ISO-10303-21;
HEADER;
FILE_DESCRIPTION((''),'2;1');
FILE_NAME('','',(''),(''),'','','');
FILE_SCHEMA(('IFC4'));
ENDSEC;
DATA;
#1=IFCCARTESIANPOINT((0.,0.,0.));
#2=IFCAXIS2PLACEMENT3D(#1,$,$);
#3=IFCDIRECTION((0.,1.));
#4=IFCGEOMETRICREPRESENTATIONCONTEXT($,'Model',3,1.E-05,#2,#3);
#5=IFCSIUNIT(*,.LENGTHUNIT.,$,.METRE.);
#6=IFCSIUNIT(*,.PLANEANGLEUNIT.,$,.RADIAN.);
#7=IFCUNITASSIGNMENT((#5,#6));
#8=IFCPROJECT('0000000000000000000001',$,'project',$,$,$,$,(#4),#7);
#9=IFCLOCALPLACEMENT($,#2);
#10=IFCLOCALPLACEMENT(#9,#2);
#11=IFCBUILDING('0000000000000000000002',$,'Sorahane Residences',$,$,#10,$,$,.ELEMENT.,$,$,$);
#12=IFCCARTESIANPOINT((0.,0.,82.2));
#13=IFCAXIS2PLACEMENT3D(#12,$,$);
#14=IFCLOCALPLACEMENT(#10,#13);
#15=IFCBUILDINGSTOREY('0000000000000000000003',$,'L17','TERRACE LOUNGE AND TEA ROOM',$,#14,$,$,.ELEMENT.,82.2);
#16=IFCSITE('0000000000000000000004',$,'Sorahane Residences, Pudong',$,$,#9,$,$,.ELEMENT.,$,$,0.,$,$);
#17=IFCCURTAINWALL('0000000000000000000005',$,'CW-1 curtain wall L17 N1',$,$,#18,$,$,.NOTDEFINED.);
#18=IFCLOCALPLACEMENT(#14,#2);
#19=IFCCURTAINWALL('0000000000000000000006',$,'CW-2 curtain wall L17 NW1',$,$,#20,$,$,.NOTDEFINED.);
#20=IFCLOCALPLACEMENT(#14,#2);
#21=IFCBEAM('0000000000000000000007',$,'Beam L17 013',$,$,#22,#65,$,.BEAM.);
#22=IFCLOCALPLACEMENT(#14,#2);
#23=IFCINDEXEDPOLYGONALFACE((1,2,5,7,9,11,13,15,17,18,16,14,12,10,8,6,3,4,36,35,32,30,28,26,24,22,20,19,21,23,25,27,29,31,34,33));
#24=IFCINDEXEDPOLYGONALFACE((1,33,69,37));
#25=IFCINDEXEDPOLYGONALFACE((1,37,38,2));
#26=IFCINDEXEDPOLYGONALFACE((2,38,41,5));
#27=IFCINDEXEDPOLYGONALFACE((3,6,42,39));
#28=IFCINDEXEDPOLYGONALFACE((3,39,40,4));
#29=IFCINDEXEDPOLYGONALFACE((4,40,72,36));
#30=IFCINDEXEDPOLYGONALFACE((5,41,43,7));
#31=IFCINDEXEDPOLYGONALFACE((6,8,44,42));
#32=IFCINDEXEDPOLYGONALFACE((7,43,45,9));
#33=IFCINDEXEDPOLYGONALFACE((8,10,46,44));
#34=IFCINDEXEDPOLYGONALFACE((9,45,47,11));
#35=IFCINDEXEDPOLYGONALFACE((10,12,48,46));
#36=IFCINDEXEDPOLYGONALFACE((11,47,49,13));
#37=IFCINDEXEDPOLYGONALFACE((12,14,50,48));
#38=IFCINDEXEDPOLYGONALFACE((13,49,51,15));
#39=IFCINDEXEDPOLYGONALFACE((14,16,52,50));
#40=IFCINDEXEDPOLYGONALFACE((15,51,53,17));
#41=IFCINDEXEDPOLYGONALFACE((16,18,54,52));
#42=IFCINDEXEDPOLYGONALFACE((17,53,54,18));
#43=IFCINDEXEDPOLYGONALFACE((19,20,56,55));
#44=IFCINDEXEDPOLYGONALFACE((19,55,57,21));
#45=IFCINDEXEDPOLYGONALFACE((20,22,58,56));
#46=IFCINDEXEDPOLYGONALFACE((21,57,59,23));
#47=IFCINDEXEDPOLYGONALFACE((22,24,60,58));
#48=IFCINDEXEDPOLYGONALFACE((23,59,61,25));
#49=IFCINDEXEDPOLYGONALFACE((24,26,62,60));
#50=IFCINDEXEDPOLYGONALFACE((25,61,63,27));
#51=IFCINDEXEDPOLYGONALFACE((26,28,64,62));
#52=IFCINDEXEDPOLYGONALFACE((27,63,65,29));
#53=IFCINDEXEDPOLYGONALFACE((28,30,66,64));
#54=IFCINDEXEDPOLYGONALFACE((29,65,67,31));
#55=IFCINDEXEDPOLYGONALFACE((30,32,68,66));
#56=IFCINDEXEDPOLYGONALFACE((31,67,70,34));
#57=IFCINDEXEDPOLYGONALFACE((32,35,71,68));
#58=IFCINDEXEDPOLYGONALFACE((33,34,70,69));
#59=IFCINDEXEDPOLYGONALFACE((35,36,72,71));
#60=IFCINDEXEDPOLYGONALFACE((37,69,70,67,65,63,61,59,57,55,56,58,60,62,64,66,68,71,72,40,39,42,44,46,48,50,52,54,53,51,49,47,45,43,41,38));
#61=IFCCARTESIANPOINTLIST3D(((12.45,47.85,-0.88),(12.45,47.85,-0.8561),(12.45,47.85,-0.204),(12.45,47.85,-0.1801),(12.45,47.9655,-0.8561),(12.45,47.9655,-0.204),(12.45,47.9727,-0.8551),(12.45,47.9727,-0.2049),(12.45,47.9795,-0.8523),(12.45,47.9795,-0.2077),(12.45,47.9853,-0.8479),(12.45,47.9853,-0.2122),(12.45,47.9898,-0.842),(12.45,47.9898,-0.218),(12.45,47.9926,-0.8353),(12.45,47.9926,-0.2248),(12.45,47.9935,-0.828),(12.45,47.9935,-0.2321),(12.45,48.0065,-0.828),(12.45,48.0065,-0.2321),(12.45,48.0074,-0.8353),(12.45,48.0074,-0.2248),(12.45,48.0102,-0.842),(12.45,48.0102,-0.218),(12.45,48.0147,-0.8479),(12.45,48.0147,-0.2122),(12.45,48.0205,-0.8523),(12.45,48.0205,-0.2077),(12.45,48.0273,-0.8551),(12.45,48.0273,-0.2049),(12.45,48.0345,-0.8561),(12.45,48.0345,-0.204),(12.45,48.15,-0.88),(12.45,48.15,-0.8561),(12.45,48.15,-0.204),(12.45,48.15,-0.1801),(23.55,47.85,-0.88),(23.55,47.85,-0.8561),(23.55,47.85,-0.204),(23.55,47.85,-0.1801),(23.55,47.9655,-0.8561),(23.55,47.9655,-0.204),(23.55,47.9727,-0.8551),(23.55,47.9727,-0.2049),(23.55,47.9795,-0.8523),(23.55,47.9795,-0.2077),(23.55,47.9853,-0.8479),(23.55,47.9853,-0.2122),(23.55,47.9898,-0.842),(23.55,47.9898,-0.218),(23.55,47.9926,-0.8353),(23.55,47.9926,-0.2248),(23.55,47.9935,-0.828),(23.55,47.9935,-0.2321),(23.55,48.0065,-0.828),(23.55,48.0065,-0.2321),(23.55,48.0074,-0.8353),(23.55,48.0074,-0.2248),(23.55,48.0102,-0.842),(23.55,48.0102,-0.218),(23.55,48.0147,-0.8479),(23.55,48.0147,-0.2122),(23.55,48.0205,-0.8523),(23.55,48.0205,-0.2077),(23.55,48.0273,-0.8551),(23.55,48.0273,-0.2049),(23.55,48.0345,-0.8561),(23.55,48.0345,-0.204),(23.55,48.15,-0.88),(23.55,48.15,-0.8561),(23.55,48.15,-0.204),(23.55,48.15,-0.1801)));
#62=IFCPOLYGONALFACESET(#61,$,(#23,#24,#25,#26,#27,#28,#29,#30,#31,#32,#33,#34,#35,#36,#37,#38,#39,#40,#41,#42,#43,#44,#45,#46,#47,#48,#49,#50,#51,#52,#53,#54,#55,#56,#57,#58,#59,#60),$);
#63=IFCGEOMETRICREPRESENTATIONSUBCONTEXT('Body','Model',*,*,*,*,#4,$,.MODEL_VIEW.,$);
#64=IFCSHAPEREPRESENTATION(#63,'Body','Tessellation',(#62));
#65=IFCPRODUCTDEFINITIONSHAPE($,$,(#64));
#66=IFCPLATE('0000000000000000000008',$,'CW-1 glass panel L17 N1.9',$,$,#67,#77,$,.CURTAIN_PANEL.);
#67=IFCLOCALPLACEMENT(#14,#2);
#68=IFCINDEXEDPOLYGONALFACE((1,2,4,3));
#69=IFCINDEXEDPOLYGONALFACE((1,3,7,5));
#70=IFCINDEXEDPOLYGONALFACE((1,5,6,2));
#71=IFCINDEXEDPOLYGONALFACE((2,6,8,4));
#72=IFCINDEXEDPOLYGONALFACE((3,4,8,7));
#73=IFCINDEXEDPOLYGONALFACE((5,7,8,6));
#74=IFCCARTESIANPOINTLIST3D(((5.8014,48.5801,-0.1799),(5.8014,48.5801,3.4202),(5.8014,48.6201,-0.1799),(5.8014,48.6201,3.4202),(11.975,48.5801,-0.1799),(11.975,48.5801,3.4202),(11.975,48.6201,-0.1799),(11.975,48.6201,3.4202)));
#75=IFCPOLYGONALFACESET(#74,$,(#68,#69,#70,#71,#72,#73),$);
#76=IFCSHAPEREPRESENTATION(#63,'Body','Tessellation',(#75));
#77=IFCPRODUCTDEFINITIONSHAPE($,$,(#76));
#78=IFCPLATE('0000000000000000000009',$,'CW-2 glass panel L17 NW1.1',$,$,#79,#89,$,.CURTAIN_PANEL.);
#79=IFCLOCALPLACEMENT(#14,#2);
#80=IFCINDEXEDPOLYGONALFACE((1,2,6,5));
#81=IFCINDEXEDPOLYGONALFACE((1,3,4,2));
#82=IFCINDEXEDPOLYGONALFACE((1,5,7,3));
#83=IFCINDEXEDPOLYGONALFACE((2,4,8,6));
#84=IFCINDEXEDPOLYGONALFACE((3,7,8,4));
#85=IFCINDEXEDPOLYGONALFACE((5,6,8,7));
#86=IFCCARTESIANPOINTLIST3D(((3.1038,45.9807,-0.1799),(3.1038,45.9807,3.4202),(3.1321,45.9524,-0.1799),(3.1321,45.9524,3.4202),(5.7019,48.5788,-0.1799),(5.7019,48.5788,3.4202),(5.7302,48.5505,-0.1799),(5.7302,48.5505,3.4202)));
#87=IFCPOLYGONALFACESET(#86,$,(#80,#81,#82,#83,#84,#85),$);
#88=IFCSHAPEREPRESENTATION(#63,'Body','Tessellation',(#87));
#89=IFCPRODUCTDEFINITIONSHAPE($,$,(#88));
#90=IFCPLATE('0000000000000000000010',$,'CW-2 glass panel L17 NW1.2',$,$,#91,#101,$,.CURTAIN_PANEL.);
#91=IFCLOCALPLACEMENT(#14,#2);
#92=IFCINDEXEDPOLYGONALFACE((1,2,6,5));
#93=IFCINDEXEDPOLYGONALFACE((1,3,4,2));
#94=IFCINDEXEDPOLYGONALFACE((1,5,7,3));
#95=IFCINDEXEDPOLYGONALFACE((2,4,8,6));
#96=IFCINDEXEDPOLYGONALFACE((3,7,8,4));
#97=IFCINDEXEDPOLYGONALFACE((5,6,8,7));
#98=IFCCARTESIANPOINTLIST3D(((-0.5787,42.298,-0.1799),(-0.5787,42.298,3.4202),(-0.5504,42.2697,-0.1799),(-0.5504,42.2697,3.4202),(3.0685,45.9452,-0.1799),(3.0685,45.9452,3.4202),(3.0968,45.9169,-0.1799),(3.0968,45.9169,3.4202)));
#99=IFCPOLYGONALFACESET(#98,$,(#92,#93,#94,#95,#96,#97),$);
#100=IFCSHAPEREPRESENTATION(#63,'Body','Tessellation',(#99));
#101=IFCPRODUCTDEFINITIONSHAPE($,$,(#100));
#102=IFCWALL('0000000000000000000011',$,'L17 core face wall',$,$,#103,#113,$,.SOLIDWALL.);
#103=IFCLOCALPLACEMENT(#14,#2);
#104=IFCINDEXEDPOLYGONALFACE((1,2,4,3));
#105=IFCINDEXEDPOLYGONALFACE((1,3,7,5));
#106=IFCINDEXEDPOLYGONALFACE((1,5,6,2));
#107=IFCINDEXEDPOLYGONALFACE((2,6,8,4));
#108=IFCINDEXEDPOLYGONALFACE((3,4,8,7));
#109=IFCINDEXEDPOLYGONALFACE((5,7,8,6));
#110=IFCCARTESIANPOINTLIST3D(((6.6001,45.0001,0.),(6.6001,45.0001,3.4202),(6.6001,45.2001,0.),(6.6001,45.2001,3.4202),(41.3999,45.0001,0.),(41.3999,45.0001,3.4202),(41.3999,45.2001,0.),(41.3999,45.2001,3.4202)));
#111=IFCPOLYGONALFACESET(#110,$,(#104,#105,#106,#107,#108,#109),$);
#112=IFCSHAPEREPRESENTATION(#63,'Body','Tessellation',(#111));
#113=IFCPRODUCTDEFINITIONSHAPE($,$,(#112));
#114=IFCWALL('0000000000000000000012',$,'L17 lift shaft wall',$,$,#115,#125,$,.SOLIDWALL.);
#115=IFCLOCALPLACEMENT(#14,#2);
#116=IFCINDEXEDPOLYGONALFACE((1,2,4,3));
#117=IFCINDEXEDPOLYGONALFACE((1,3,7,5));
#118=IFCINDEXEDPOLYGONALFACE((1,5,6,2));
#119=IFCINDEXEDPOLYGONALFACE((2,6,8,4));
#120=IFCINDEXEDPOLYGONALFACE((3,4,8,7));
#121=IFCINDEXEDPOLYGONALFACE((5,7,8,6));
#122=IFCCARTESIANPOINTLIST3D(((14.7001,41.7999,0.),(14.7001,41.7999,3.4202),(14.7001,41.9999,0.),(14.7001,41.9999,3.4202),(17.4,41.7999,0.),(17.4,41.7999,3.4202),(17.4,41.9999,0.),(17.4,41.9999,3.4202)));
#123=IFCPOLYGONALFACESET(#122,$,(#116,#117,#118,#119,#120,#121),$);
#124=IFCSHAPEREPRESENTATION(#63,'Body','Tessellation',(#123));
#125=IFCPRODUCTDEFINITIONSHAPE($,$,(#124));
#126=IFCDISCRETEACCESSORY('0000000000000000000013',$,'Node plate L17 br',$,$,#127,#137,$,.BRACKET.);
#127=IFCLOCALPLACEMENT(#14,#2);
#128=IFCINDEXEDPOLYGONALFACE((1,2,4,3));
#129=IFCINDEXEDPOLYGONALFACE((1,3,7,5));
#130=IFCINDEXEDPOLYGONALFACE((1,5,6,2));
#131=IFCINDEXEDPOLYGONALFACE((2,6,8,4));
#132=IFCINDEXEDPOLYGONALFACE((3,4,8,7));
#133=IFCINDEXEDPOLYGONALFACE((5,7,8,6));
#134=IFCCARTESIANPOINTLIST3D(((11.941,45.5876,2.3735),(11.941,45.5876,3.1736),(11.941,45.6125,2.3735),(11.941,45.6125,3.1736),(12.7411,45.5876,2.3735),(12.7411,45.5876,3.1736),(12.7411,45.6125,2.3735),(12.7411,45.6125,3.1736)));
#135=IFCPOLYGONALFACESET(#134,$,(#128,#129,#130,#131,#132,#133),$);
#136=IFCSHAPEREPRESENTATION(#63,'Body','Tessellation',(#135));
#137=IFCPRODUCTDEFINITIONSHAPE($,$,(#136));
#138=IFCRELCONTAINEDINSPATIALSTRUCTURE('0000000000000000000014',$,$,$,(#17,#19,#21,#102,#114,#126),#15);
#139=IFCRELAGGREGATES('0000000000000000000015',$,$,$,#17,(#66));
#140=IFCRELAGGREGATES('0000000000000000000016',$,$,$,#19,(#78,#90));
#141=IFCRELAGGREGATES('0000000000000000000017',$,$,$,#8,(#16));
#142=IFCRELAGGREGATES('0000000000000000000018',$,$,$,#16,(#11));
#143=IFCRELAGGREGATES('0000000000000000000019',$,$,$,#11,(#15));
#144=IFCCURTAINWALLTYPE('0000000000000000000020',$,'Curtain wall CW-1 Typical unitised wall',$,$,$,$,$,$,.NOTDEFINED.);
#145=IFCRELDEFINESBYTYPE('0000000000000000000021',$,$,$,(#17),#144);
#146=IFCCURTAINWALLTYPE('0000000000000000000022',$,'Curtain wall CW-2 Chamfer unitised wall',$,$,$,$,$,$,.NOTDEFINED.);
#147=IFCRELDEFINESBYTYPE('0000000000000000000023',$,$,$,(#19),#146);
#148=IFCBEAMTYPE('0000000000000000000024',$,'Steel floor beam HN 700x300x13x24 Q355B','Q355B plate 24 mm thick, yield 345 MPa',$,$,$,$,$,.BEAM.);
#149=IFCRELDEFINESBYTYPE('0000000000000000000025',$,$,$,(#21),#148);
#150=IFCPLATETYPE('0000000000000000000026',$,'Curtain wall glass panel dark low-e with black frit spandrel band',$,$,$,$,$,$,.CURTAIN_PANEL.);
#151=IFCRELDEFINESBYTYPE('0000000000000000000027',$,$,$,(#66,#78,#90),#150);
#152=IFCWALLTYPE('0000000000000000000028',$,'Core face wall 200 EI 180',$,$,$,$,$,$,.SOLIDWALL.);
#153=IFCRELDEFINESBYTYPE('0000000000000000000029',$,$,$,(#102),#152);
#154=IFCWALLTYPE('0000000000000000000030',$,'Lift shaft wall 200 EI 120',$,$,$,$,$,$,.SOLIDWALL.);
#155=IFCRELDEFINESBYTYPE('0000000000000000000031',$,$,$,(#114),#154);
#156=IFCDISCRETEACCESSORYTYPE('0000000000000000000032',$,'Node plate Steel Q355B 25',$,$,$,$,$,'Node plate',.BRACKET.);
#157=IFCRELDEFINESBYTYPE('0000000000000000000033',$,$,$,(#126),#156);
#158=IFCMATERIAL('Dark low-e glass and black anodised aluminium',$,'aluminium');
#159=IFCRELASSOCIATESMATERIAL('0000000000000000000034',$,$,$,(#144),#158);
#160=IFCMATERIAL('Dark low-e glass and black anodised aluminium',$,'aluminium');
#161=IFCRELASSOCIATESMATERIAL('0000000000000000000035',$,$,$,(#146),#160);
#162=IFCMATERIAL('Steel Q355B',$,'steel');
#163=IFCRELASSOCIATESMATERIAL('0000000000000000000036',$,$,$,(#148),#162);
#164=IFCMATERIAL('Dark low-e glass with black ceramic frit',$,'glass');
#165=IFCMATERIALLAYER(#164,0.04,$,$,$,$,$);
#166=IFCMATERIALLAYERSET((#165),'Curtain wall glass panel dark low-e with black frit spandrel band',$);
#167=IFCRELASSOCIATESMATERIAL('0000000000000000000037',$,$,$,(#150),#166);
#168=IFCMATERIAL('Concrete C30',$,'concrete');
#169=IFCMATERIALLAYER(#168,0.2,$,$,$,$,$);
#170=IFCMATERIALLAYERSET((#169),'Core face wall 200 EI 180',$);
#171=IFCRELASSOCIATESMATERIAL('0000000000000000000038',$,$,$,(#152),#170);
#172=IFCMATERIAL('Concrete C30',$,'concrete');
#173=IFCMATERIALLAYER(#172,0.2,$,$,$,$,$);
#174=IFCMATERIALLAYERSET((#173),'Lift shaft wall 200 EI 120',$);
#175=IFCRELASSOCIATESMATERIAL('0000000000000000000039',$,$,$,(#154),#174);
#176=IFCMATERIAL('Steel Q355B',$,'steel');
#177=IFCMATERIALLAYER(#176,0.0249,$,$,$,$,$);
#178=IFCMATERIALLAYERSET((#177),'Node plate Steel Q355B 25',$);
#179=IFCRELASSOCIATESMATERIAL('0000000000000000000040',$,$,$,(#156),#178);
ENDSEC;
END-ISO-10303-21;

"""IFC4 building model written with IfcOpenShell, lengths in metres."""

from ifc_helpers import new_model, si_unit, direction, frame, frame_2d, origin, origin_2d, place, context, subcontext, project, spatial, rectangle, i_section, extrude, material, layer, layer_set, material_profile, profile_set, type_object, element, aggregate, save


model = new_model("IFC4")

# Units and contexts
model_context = context("Model", 3, precision=1e-05, world=origin(), true_north=direction((0.0, 1.0)))
body_context = subcontext(model_context, "Body", "Model", "MODEL_VIEW")
ifc_project = project(units=[si_unit("LENGTHUNIT", "METRE"), si_unit("PLANEANGLEUNIT", "RADIAN")], contexts=[model_context])

# Site, building, storey
site_placement = place(None, origin())
site = spatial("IfcSite", under=ifc_project, at=site_placement, Name="Sorahane Residences, Pudong", CompositionType="ELEMENT", RefElevation=0.0)
building_placement = place(site_placement, origin())
building = spatial("IfcBuilding", under=site, at=building_placement, Name="Sorahane Residences", CompositionType="ELEMENT")
storey_placement = place(building_placement, frame((0.0, 0.0, 82.2)))
storey = spatial("IfcBuildingStorey", under=building, at=storey_placement, Name="L17", Description="TERRACE LOUNGE AND TEA ROOM", CompositionType="ELEMENT", Elevation=82.2)

# Curtain walls
ifc_material_1 = material(Name="Dark low-e glass and black anodised aluminium", Category="aluminium")
curtain_wall_type_1 = type_object("IfcCurtainWallType", Name="Curtain wall CW-1 Typical unitised wall", PredefinedType="NOTDEFINED", material=ifc_material_1)
curtain_wall_1_placement = place(storey_placement, origin())
curtain_wall_1 = element("IfcCurtainWall", 1, at=curtain_wall_1_placement, inside=storey, type_object=curtain_wall_type_1, Name="CW-1 curtain wall L17 N1", PredefinedType="NOTDEFINED")
ifc_material_2 = material(Name="Dark low-e glass and black anodised aluminium", Category="aluminium")
curtain_wall_type_2 = type_object("IfcCurtainWallType", Name="Curtain wall CW-2 Chamfer unitised wall", PredefinedType="NOTDEFINED", material=ifc_material_2)
curtain_wall_2_placement = place(storey_placement, origin())
curtain_wall_2 = element("IfcCurtainWall", 2, at=curtain_wall_2_placement, inside=storey, type_object=curtain_wall_type_2, Name="CW-2 curtain wall L17 NW1", PredefinedType="NOTDEFINED")

# Beam
ifc_material_3 = material(Name="Steel Q355B", Category="steel")
ifc_material_profile_1 = material_profile(ifc_material_3, i_section(OverallWidth=0.3, OverallDepth=0.7, WebThickness=0.0129, FlangeThickness=0.0239, FilletRadius=0.0281, at=origin_2d()), Name="HN 700x300x13x24")
ifc_profile_set_1 = profile_set([ifc_material_profile_1], Name="Steel Q355B")
beam_type_1 = type_object("IfcBeamType", Name="Steel floor beam HN 700x300x13x24 Q355B", Description="Q355B plate 24 mm thick, yield 345 MPa", PredefinedType="BEAM", material=ifc_profile_set_1)
beam_1_placement = place(storey_placement, frame((12.45, 48.0, -0.53), z_axis=(1.0, 0.0, 0.0), x_axis=(0.0, 1.0, 0.0)))
element("IfcBeam", 3, at=beam_1_placement, inside=storey, type_object=beam_type_1, Name="Beam L17 013", PredefinedType="BEAM", context=body_context, shape_type="SweptSolid", body=[
    extrude(i_section(OverallWidth=0.3, OverallDepth=0.7, WebThickness=0.0129, FlangeThickness=0.0239, FilletRadius=0.0281, at=origin_2d()), origin(), (0.0, 0.0, 1.0), 11.1001),
])

# Plates
ifc_material_4 = material(Name="Dark low-e glass with black ceramic frit", Category="glass")
ifc_layer_1 = layer(ifc_material_4, 0.04)
ifc_layer_set_1 = layer_set([ifc_layer_1], Name="Curtain wall glass panel dark low-e with black frit spandrel band")
plate_type = type_object("IfcPlateType", Name="Curtain wall glass panel dark low-e with black frit spandrel band", PredefinedType="CURTAIN_PANEL", material=ifc_layer_set_1)
plate_1_placement = place(storey_placement, frame((8.8882, 48.6001, -0.1799), z_axis=(0.0, 0.0, 1.0), x_axis=(-1.0, 0.0, 0.0)))
plate_1 = element("IfcPlate", 4, at=plate_1_placement, type_object=plate_type, Name="CW-1 glass panel L17 N1.9", PredefinedType="CURTAIN_PANEL", context=body_context, shape_type="SweptSolid", body=[
    extrude(rectangle(XDim=6.1736, YDim=0.04, at=origin_2d()), origin(), (0.0, 0.0, 1.0), 3.6001),
])
aggregate(curtain_wall_1, [plate_1])
plate_2_placement = place(storey_placement, frame((4.417, 47.2656, -0.1799), z_axis=(0.0, 0.0, 1.0), x_axis=(-0.707107, -0.707107, 0.0)))
plate_2 = element("IfcPlate", 5, at=plate_2_placement, type_object=plate_type, Name="CW-2 glass panel L17 NW1.1", PredefinedType="CURTAIN_PANEL", context=body_context, shape_type="SweptSolid", body=[
    extrude(rectangle(XDim=3.6743, YDim=0.04, at=origin_2d()), origin(), (0.0, 0.0, 1.0), 3.6001),
])
plate_3_placement = place(storey_placement, frame((1.259, 44.1074, -0.1799), z_axis=(0.0, 0.0, 1.0), x_axis=(-0.707107, -0.707107, 0.0)))
plate_3 = element("IfcPlate", 6, at=plate_3_placement, type_object=plate_type, Name="CW-2 glass panel L17 NW1.2", PredefinedType="CURTAIN_PANEL", context=body_context, shape_type="SweptSolid", body=[
    extrude(rectangle(XDim=5.158, YDim=0.04, at=origin_2d()), origin(), (0.0, 0.0, 1.0), 3.6001),
])
aggregate(curtain_wall_2, [plate_2, plate_3])

# Walls
ifc_material_5 = material(Name="Concrete C30", Category="concrete")
ifc_layer_2 = layer(ifc_material_5, 0.2)
ifc_layer_set_2 = layer_set([ifc_layer_2], Name="Core face wall 200 EI 180")
wall_type_1 = type_object("IfcWallType", Name="Core face wall 200 EI 180", PredefinedType="SOLIDWALL", material=ifc_layer_set_2)
wall_1_placement = place(storey_placement, frame((6.6001, 45.1001, 0.0), z_axis=(0.0, 0.0, 1.0), x_axis=(1.0, 0.0, 0.0)))
element("IfcWall", 7, at=wall_1_placement, inside=storey, type_object=wall_type_1, Name="L17 core face wall", PredefinedType="SOLIDWALL", context=body_context, shape_type="SweptSolid", body=[
    extrude(rectangle(XDim=34.7998, YDim=0.2, at=frame_2d((17.3999, 0.0))), origin(), (0.0, 0.0, 1.0), 3.4202),
])
ifc_material_6 = material(Name="Concrete C30", Category="concrete")
ifc_layer_3 = layer(ifc_material_6, 0.2)
ifc_layer_set_3 = layer_set([ifc_layer_3], Name="Lift shaft wall 200 EI 120")
wall_type_2 = type_object("IfcWallType", Name="Lift shaft wall 200 EI 120", PredefinedType="SOLIDWALL", material=ifc_layer_set_3)
wall_2_placement = place(storey_placement, frame((14.7, 41.8999, 0.0), z_axis=(0.0, 0.0, 1.0), x_axis=(1.0, 0.0, 0.0)))
element("IfcWall", 8, at=wall_2_placement, inside=storey, type_object=wall_type_2, Name="L17 lift shaft wall", PredefinedType="SOLIDWALL", context=body_context, shape_type="SweptSolid", body=[
    extrude(rectangle(XDim=2.7, YDim=0.2, at=frame_2d((1.3501, 0.0))), origin(), (0.0, 0.0, 1.0), 3.4202),
])

# Discrete accessory
ifc_material_7 = material(Name="Steel Q355B", Category="steel")
ifc_layer_4 = layer(ifc_material_7, 0.0249)
ifc_layer_set_4 = layer_set([ifc_layer_4], Name="Node plate Steel Q355B 25")
discrete_accessory_type = type_object("IfcDiscreteAccessoryType", Name="Node plate Steel Q355B 25", ElementType="Node plate", PredefinedType="BRACKET", material=ifc_layer_set_4)
discrete_accessory_placement = place(storey_placement, frame((12.3411, 45.6001, 2.3735), z_axis=(0.0, 0.0, 1.0), x_axis=(1.0, 0.0, 0.0)))
element("IfcDiscreteAccessory", 9, at=discrete_accessory_placement, inside=storey, type_object=discrete_accessory_type, Name="Node plate L17 br", PredefinedType="BRACKET", context=body_context, shape_type="SweptSolid", body=[
    extrude(rectangle(XDim=0.8, YDim=0.0249, at=origin_2d()), origin(), (0.0, 0.0, 1.0), 0.8),
])

save(model, "model.ifc")
